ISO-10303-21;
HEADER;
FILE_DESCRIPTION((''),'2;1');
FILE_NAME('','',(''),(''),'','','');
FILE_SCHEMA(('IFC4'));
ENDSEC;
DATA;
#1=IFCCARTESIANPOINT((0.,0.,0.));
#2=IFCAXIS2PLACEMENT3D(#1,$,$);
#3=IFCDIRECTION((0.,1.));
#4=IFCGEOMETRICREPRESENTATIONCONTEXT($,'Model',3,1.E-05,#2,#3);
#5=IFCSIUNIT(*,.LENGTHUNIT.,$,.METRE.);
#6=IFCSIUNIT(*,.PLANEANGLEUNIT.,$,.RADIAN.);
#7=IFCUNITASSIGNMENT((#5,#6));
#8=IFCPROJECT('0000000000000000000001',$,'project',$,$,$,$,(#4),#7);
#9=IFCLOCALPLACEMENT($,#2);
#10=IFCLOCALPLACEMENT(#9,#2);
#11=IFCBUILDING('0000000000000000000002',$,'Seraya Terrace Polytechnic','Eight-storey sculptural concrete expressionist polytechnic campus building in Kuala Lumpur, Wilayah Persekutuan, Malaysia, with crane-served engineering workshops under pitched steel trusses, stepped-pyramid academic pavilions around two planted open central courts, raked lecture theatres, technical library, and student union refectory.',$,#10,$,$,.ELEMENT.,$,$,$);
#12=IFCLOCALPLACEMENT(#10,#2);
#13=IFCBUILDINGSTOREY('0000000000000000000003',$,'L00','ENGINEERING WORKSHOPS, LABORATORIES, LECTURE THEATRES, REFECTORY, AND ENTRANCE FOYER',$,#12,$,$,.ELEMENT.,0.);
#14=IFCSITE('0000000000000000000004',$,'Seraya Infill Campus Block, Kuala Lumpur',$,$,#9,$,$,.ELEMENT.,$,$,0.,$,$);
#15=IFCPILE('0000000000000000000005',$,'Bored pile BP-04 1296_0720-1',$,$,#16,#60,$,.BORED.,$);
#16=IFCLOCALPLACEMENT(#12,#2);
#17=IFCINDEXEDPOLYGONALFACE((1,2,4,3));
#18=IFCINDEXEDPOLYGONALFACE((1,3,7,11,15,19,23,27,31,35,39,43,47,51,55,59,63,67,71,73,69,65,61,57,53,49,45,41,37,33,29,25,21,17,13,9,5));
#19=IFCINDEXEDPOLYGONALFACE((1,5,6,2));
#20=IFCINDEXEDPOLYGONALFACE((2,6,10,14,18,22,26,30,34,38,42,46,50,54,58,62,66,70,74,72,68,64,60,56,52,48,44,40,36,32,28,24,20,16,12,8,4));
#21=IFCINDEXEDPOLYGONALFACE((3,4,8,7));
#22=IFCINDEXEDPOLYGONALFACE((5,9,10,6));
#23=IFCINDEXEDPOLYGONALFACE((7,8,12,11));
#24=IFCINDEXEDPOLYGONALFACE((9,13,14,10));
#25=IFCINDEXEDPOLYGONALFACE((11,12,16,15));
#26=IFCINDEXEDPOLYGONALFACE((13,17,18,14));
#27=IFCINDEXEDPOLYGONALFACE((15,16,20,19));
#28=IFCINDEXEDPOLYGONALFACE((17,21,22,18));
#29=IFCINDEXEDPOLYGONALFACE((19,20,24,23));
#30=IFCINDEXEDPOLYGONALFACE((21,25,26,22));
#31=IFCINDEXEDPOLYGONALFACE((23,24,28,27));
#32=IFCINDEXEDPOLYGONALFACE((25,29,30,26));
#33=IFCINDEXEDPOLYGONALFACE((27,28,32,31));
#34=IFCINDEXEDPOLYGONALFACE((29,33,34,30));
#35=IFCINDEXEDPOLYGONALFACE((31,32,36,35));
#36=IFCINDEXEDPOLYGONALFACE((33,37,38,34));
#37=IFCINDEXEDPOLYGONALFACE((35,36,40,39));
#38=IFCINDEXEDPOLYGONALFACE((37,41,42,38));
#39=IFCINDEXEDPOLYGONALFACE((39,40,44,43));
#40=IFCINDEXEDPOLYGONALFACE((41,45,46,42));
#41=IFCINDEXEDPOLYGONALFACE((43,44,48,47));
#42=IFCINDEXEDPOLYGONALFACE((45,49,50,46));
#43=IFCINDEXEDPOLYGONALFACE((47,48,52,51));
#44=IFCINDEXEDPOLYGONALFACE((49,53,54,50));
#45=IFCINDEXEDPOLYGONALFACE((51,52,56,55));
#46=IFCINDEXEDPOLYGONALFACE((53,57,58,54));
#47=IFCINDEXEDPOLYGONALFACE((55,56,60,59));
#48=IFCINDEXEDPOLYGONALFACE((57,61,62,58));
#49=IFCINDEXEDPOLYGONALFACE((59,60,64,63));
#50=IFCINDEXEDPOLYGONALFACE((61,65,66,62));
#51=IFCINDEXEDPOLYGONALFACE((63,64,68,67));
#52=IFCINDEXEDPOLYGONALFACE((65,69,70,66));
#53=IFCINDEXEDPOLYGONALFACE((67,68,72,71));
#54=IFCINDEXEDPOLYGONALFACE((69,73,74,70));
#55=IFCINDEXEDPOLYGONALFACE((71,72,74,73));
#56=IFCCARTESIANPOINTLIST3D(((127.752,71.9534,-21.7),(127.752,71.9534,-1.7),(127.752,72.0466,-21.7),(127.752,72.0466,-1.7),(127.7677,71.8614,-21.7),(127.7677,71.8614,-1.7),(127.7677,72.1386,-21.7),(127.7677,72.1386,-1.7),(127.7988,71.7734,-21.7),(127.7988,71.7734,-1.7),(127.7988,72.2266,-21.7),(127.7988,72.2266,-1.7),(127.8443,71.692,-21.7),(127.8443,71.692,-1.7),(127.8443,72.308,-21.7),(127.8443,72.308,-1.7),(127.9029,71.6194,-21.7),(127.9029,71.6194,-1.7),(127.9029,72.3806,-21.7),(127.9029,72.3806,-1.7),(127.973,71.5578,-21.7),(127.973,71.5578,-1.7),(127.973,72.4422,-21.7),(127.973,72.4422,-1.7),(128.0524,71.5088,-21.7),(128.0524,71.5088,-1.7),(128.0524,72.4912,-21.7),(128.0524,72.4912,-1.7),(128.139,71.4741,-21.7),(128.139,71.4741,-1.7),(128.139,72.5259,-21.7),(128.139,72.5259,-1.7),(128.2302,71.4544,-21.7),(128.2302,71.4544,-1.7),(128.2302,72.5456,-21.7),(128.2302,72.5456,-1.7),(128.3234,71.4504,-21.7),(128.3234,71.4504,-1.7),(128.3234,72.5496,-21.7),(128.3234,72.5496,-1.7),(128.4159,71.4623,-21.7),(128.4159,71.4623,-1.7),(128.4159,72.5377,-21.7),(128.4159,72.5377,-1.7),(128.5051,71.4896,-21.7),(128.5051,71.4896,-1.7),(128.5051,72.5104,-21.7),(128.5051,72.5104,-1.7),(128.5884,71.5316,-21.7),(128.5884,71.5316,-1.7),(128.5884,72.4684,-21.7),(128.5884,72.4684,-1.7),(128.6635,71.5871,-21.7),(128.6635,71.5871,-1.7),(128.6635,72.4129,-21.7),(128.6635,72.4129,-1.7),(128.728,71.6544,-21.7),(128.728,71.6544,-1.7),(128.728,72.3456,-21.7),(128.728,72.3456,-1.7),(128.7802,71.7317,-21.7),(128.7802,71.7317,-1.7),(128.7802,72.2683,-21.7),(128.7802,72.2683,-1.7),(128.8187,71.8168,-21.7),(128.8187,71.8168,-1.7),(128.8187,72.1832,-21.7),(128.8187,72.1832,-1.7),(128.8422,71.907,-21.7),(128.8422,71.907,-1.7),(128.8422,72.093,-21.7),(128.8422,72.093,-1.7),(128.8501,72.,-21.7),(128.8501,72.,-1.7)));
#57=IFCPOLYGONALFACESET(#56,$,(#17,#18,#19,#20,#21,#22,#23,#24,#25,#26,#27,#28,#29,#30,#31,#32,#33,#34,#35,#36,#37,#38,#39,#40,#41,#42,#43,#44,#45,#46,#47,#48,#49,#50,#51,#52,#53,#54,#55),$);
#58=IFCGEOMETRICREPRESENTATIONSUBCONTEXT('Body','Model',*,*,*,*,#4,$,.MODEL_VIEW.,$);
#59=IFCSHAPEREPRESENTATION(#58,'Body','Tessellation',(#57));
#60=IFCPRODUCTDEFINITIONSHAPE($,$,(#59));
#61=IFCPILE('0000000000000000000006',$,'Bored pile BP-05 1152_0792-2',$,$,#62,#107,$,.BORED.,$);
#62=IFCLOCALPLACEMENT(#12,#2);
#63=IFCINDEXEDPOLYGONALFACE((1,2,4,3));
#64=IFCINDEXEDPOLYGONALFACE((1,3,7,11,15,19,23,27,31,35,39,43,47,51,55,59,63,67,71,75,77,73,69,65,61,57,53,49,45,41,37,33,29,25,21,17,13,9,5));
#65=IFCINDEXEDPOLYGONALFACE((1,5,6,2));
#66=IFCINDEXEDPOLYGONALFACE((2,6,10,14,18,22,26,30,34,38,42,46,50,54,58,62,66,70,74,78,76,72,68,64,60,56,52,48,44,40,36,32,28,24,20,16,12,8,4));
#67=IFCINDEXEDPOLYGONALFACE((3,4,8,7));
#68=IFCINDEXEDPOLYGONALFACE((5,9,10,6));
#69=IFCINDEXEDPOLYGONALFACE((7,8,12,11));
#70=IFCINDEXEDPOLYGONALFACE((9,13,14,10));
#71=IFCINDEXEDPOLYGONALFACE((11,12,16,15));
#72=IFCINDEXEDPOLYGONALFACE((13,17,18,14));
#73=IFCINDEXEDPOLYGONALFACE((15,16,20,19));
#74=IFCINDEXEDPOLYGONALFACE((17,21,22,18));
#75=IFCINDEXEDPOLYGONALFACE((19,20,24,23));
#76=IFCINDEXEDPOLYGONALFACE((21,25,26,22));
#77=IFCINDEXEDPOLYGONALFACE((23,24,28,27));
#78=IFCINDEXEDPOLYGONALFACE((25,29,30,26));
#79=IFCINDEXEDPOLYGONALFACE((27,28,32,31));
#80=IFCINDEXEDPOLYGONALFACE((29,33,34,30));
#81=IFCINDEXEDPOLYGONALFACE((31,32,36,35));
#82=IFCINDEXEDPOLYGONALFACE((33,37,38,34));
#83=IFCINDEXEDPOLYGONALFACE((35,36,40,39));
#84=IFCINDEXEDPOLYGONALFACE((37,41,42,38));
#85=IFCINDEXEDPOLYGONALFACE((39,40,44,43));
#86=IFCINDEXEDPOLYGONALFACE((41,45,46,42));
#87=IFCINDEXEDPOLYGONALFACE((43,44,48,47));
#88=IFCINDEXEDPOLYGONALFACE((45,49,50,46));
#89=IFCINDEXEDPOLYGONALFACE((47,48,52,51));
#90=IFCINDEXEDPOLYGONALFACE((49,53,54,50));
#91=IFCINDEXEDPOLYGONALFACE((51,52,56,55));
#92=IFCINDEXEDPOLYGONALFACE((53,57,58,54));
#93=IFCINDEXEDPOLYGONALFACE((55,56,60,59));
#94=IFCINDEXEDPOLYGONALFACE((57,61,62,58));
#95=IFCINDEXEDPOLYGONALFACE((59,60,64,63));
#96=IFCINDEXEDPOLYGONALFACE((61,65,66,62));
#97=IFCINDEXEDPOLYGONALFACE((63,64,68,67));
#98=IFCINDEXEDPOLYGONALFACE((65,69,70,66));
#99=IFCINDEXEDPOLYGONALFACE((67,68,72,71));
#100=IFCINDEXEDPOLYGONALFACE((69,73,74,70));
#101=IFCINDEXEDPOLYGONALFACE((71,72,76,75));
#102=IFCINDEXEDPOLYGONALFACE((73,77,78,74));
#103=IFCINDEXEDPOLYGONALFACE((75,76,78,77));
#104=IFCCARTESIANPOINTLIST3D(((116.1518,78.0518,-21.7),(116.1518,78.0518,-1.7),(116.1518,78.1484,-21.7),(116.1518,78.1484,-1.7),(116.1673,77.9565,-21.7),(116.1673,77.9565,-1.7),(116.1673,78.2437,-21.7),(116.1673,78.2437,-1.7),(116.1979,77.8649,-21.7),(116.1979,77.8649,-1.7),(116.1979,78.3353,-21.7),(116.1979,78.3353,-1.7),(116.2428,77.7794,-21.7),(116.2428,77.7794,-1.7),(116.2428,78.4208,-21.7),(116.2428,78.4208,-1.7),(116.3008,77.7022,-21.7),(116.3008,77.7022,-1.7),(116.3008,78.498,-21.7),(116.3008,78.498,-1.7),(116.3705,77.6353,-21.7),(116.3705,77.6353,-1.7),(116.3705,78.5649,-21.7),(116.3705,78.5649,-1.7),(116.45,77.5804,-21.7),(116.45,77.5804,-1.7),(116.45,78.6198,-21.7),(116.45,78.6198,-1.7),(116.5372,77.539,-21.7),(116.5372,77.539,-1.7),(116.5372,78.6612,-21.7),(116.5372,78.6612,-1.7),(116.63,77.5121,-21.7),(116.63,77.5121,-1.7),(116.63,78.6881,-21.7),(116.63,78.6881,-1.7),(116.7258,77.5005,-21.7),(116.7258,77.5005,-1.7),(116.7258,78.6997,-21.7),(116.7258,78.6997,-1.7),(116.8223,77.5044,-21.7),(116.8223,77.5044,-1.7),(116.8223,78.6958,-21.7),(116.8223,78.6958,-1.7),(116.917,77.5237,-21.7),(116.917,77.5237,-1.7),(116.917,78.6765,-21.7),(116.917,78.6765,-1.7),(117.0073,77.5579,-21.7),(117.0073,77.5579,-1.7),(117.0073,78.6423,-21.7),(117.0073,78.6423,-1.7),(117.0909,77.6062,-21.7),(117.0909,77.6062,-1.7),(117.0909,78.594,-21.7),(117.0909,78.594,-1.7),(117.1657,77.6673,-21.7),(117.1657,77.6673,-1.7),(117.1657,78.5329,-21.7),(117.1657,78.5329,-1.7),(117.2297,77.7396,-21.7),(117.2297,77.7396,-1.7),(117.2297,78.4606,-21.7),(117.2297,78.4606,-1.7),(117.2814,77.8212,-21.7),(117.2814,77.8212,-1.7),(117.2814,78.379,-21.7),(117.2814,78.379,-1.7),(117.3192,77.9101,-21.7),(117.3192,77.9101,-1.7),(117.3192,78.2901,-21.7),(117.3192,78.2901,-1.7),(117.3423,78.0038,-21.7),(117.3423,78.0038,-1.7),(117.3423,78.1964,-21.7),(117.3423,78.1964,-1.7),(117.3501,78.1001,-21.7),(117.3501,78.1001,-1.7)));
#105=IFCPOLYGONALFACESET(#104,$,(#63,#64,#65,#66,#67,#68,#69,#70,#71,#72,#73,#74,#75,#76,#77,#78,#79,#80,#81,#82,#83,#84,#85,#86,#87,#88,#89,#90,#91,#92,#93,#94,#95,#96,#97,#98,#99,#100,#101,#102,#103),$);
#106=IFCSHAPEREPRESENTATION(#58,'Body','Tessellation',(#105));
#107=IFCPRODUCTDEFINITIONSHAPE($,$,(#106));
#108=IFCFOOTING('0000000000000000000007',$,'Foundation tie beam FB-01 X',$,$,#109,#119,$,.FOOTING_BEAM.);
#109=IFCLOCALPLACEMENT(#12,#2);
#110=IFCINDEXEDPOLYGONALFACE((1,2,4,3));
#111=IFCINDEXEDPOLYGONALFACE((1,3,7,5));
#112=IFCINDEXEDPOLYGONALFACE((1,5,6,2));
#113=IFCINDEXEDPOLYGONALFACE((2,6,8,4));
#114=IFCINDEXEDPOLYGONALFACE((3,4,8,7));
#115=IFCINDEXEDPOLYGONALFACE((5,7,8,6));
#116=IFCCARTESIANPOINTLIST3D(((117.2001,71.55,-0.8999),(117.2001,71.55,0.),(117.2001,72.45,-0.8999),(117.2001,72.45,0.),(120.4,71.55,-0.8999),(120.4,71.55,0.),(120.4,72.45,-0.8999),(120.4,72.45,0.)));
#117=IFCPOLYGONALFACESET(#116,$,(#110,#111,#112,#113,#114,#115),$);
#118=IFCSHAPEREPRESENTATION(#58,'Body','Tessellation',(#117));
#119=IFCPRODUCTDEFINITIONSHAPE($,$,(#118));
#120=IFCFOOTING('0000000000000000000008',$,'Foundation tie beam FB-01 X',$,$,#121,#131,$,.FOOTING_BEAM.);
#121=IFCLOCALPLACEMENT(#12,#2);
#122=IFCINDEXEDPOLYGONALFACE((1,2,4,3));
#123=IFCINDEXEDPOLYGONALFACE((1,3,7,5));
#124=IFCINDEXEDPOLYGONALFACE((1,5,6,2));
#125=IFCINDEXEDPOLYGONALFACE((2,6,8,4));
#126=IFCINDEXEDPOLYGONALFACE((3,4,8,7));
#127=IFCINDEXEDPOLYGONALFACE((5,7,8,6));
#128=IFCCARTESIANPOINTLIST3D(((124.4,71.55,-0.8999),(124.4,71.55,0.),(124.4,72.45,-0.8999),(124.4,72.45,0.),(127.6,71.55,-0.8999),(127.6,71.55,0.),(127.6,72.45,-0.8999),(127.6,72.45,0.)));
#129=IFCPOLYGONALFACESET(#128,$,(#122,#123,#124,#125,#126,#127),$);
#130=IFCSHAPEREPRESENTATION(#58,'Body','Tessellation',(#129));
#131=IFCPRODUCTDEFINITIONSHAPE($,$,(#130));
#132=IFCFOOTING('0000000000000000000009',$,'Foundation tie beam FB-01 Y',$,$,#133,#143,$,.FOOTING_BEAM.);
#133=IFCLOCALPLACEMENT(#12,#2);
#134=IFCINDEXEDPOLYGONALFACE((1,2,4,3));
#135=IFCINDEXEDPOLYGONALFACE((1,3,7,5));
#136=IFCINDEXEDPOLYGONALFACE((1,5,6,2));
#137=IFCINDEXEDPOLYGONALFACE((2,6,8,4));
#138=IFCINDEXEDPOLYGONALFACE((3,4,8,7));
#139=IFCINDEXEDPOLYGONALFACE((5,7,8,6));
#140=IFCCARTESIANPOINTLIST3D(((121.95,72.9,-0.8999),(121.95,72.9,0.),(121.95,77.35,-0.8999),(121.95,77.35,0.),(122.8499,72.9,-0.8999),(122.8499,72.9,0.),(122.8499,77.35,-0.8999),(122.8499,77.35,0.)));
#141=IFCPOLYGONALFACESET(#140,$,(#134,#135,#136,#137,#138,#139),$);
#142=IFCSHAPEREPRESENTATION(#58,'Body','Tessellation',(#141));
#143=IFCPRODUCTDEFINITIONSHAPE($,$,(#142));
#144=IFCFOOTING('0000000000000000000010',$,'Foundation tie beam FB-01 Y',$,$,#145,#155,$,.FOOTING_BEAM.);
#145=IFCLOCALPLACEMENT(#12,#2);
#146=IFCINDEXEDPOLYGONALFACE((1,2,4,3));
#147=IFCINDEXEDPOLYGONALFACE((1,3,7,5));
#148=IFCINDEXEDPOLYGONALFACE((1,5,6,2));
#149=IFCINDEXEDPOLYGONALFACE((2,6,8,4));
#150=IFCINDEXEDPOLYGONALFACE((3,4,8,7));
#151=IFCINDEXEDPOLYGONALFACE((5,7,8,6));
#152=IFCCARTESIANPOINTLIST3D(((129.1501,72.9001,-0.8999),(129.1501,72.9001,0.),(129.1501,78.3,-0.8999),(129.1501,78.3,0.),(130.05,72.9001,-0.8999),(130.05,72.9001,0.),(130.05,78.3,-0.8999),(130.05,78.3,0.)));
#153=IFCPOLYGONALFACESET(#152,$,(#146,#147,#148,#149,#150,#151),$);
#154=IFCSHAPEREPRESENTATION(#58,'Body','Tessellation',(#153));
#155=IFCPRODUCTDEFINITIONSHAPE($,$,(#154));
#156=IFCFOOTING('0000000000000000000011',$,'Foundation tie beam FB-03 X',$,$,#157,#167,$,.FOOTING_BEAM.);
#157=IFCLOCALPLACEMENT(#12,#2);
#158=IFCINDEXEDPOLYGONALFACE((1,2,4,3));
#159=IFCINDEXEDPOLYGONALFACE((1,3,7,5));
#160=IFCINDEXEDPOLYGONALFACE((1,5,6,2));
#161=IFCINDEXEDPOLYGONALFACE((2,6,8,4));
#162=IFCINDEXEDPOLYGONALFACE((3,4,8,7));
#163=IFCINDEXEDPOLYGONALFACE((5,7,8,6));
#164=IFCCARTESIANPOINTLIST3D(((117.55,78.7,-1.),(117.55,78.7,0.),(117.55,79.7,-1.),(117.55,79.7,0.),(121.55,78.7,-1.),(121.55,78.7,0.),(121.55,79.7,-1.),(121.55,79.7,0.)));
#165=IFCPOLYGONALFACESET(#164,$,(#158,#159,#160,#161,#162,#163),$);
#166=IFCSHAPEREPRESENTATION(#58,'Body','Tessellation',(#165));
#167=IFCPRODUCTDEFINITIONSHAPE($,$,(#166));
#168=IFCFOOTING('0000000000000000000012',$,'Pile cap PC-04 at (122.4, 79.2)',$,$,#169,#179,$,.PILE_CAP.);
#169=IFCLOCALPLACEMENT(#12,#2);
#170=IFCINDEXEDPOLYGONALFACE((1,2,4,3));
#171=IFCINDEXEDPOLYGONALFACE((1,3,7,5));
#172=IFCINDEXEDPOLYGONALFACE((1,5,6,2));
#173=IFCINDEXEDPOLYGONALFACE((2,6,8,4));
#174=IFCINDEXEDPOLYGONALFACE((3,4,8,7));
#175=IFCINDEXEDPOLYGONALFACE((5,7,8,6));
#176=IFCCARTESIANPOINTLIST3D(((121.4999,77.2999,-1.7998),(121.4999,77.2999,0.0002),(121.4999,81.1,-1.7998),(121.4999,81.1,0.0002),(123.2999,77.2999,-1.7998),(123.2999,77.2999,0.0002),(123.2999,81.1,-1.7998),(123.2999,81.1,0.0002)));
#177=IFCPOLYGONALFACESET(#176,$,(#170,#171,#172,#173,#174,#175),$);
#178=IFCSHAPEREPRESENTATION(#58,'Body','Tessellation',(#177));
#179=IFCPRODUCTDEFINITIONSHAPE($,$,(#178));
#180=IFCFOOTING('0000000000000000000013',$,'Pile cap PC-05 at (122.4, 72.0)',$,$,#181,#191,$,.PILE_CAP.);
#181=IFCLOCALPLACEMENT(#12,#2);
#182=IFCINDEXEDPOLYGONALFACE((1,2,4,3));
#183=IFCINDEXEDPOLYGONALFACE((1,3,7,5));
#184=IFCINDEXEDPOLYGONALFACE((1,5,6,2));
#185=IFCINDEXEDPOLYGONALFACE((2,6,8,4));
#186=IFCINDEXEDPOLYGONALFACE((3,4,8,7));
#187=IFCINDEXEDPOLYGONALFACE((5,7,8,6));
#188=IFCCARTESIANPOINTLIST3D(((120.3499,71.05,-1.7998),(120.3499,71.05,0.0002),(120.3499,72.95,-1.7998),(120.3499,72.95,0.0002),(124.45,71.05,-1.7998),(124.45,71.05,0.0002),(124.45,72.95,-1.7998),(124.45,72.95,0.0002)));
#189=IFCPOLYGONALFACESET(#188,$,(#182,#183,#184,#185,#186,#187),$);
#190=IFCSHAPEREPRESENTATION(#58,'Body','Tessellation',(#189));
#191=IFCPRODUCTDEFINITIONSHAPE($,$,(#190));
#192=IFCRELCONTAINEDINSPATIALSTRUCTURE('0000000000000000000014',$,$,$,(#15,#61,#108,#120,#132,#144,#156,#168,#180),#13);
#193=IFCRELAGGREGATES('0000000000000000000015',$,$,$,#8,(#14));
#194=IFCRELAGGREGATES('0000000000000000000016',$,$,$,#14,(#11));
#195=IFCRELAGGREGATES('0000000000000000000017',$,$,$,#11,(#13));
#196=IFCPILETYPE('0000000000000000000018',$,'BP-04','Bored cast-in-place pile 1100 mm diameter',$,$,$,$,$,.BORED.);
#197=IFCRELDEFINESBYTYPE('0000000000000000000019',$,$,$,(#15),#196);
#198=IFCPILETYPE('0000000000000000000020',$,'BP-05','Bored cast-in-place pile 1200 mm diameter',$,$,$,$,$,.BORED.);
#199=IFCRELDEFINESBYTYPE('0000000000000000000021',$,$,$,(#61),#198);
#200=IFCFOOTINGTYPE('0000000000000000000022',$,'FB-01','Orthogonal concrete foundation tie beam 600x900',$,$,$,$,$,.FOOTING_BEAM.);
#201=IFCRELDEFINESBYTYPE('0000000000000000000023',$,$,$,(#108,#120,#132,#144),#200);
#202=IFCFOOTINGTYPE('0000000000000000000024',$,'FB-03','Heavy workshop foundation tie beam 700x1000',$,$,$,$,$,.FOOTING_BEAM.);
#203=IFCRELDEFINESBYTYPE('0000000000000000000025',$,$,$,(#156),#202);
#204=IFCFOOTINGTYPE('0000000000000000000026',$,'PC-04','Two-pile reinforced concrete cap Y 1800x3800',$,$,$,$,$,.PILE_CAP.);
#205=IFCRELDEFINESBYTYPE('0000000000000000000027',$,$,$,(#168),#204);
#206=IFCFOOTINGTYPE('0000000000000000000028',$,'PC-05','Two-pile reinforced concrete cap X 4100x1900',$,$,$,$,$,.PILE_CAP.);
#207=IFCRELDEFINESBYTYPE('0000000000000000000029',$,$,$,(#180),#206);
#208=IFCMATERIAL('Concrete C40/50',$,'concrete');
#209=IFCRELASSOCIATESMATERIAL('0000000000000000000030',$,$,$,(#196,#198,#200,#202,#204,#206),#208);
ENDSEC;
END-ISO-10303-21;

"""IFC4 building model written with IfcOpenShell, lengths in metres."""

from ifc_helpers import new_model, si_unit, direction, frame, origin, origin_2d, place, context, subcontext, project, spatial, rectangle, circle, extrude, material, material_profile, profile_set, type_object, element, save


model = new_model("IFC4")

# Units and contexts
model_context = context("Model", 3, precision=1e-05, world=origin(), true_north=direction((0.0, 1.0)))
body_context = subcontext(model_context, "Body", "Model", "MODEL_VIEW")
ifc_project = project(units=[si_unit("LENGTHUNIT", "METRE"), si_unit("PLANEANGLEUNIT", "RADIAN")], contexts=[model_context])

# Site, building, storey
site_placement = place(None, origin())
site = spatial("IfcSite", under=ifc_project, at=site_placement, Name="Seraya Infill Campus Block, Kuala Lumpur", CompositionType="ELEMENT", RefElevation=0.0)
building_placement = place(site_placement, origin())
building = spatial("IfcBuilding", under=site, at=building_placement, Name="Seraya Terrace Polytechnic", Description="Eight-storey sculptural concrete expressionist polytechnic campus building in Kuala Lumpur, Wilayah Persekutuan, Malaysia, with crane-served engineering workshops under pitched steel trusses, stepped-pyramid academic pavilions around two planted open central courts, raked lecture theatres, technical library, and student union refectory.", CompositionType="ELEMENT")
storey_placement = place(building_placement, origin())
storey = spatial("IfcBuildingStorey", under=building, at=storey_placement, Name="L00", Description="ENGINEERING WORKSHOPS, LABORATORIES, LECTURE THEATRES, REFECTORY, AND ENTRANCE FOYER", CompositionType="ELEMENT", Elevation=0.0)

# Piles
ifc_material_1 = material(Name="Concrete C40/50", Category="concrete")
ifc_material_profile_1 = material_profile(ifc_material_1, circle(Radius=0.55, at=origin_2d()), Name="DIA 1100")
ifc_profile_set_1 = profile_set([ifc_material_profile_1], Name="Concrete C40/50")
pile_type_1 = type_object("IfcPileType", Name="BP-04", Description="Bored cast-in-place pile 1100 mm diameter", PredefinedType="BORED", material=ifc_profile_set_1)
for number, where, z_axis, x_axis, name in (
    (1, (128.3, 72.0, -1.7), (0.0, 0.0, -1.0), (1.0, 0.0, 0.0), "Bored pile BP-04 1296_0720-1"),
):
    element("IfcPile", number, at=place(storey_placement, frame(where, z_axis=z_axis, x_axis=x_axis)), inside=storey, type_object=pile_type_1, Name=name, PredefinedType="BORED", context=body_context, shape_type="SweptSolid", body=[
        extrude(circle(Radius=0.55, at=origin_2d()), origin(), (0.0, 0.0, 1.0), 20.0),
    ])
ifc_material_profile_2 = material_profile(ifc_material_1, circle(Radius=0.6001, at=origin_2d()), Name="DIA 1200")
ifc_profile_set_2 = profile_set([ifc_material_profile_2], Name="Concrete C40/50")
pile_type_2 = type_object("IfcPileType", Name="BP-05", Description="Bored cast-in-place pile 1200 mm diameter", PredefinedType="BORED", material=ifc_profile_set_2)
pile_1_placement = place(storey_placement, frame((116.75, 78.1001, -1.7), z_axis=(0.0, 0.0, -1.0), x_axis=(1.0, 0.0, 0.0)))
element("IfcPile", 2, at=pile_1_placement, inside=storey, type_object=pile_type_2, Name="Bored pile BP-05 1152_0792-2", PredefinedType="BORED", context=body_context, shape_type="SweptSolid", body=[
    extrude(circle(Radius=0.6001, at=origin_2d()), origin(), (0.0, 0.0, 1.0), 20.0),
])

# Footings
footing_type_1 = type_object("IfcFootingType", Name="FB-01", Description="Orthogonal concrete foundation tie beam 600x900", PredefinedType="FOOTING_BEAM", material=ifc_material_1)
for number, where, z_axis, x_axis, name in (
    (3, (118.8, 72.0, -0.8999), (0.0, 0.0, 1.0), (1.0, 0.0, 0.0), "Foundation tie beam FB-01 X"),
    (4, (126.0, 72.0, -0.8999), (0.0, 0.0, 1.0), (1.0, 0.0, 0.0), "Foundation tie beam FB-01 X"),
):
    element("IfcFooting", number, at=place(storey_placement, frame(where, z_axis=z_axis, x_axis=x_axis)), inside=storey, type_object=footing_type_1, Name=name, PredefinedType="FOOTING_BEAM", context=body_context, shape_type="SweptSolid", body=[
        extrude(rectangle(XDim=3.2, YDim=0.8999, at=origin_2d()), origin(), (0.0, 0.0, 1.0), 0.8999),
    ])
footing_1_placement = place(storey_placement, frame((122.3999, 75.125, -0.8999), z_axis=(0.0, 0.0, 1.0), x_axis=(0.0, 1.0, 0.0)))
element("IfcFooting", 5, at=footing_1_placement, inside=storey, type_object=footing_type_1, Name="Foundation tie beam FB-01 Y", PredefinedType="FOOTING_BEAM", context=body_context, shape_type="SweptSolid", body=[
    extrude(rectangle(XDim=4.45, YDim=0.8999, at=origin_2d()), origin(), (0.0, 0.0, 1.0), 0.8999),
])
footing_2_placement = place(storey_placement, frame((129.6001, 75.6001, -0.8999), z_axis=(0.0, 0.0, 1.0), x_axis=(0.0, 1.0, 0.0)))
element("IfcFooting", 6, at=footing_2_placement, inside=storey, type_object=footing_type_1, Name="Foundation tie beam FB-01 Y", PredefinedType="FOOTING_BEAM", context=body_context, shape_type="SweptSolid", body=[
    extrude(rectangle(XDim=5.3999, YDim=0.8999, at=origin_2d()), origin(), (0.0, 0.0, 1.0), 0.8999),
])
footing_type_2 = type_object("IfcFootingType", Name="FB-03", Description="Heavy workshop foundation tie beam 700x1000", PredefinedType="FOOTING_BEAM", material=ifc_material_1)
footing_3_placement = place(storey_placement, frame((119.55, 79.2, -1.0), z_axis=(0.0, 0.0, 1.0), x_axis=(1.0, 0.0, 0.0)))
element("IfcFooting", 7, at=footing_3_placement, inside=storey, type_object=footing_type_2, Name="Foundation tie beam FB-03 X", PredefinedType="FOOTING_BEAM", context=body_context, shape_type="SweptSolid", body=[
    extrude(rectangle(XDim=4.0, YDim=1.0, at=origin_2d()), origin(), (0.0, 0.0, 1.0), 1.0),
])
footing_type_3 = type_object("IfcFootingType", Name="PC-04", Description="Two-pile reinforced concrete cap Y 1800x3800", PredefinedType="PILE_CAP", material=ifc_material_1)
footing_4_placement = place(storey_placement, frame((122.3999, 79.2, -1.7998), z_axis=(0.0, 0.0, 1.0), x_axis=(1.0, 0.0, 0.0)))
element("IfcFooting", 8, at=footing_4_placement, inside=storey, type_object=footing_type_3, Name="Pile cap PC-04 at (122.4, 79.2)", PredefinedType="PILE_CAP", context=body_context, shape_type="SweptSolid", body=[
    extrude(rectangle(XDim=1.8, YDim=3.8, at=origin_2d()), origin(), (0.0, 0.0, 1.0), 1.8),
])
footing_type_4 = type_object("IfcFootingType", Name="PC-05", Description="Two-pile reinforced concrete cap X 4100x1900", PredefinedType="PILE_CAP", material=ifc_material_1)
for number, where, z_axis, x_axis, name in (
    (9, (122.3999, 72.0, -1.7998), (0.0, 0.0, 1.0), (1.0, 0.0, 0.0), "Pile cap PC-05 at (122.4, 72.0)"),
):
    element("IfcFooting", number, at=place(storey_placement, frame(where, z_axis=z_axis, x_axis=x_axis)), inside=storey, type_object=footing_type_4, Name=name, PredefinedType="PILE_CAP", context=body_context, shape_type="SweptSolid", body=[
        extrude(rectangle(XDim=4.1001, YDim=1.8999, at=origin_2d()), origin(), (0.0, 0.0, 1.0), 1.8),
    ])

save(model, "model.ifc")
